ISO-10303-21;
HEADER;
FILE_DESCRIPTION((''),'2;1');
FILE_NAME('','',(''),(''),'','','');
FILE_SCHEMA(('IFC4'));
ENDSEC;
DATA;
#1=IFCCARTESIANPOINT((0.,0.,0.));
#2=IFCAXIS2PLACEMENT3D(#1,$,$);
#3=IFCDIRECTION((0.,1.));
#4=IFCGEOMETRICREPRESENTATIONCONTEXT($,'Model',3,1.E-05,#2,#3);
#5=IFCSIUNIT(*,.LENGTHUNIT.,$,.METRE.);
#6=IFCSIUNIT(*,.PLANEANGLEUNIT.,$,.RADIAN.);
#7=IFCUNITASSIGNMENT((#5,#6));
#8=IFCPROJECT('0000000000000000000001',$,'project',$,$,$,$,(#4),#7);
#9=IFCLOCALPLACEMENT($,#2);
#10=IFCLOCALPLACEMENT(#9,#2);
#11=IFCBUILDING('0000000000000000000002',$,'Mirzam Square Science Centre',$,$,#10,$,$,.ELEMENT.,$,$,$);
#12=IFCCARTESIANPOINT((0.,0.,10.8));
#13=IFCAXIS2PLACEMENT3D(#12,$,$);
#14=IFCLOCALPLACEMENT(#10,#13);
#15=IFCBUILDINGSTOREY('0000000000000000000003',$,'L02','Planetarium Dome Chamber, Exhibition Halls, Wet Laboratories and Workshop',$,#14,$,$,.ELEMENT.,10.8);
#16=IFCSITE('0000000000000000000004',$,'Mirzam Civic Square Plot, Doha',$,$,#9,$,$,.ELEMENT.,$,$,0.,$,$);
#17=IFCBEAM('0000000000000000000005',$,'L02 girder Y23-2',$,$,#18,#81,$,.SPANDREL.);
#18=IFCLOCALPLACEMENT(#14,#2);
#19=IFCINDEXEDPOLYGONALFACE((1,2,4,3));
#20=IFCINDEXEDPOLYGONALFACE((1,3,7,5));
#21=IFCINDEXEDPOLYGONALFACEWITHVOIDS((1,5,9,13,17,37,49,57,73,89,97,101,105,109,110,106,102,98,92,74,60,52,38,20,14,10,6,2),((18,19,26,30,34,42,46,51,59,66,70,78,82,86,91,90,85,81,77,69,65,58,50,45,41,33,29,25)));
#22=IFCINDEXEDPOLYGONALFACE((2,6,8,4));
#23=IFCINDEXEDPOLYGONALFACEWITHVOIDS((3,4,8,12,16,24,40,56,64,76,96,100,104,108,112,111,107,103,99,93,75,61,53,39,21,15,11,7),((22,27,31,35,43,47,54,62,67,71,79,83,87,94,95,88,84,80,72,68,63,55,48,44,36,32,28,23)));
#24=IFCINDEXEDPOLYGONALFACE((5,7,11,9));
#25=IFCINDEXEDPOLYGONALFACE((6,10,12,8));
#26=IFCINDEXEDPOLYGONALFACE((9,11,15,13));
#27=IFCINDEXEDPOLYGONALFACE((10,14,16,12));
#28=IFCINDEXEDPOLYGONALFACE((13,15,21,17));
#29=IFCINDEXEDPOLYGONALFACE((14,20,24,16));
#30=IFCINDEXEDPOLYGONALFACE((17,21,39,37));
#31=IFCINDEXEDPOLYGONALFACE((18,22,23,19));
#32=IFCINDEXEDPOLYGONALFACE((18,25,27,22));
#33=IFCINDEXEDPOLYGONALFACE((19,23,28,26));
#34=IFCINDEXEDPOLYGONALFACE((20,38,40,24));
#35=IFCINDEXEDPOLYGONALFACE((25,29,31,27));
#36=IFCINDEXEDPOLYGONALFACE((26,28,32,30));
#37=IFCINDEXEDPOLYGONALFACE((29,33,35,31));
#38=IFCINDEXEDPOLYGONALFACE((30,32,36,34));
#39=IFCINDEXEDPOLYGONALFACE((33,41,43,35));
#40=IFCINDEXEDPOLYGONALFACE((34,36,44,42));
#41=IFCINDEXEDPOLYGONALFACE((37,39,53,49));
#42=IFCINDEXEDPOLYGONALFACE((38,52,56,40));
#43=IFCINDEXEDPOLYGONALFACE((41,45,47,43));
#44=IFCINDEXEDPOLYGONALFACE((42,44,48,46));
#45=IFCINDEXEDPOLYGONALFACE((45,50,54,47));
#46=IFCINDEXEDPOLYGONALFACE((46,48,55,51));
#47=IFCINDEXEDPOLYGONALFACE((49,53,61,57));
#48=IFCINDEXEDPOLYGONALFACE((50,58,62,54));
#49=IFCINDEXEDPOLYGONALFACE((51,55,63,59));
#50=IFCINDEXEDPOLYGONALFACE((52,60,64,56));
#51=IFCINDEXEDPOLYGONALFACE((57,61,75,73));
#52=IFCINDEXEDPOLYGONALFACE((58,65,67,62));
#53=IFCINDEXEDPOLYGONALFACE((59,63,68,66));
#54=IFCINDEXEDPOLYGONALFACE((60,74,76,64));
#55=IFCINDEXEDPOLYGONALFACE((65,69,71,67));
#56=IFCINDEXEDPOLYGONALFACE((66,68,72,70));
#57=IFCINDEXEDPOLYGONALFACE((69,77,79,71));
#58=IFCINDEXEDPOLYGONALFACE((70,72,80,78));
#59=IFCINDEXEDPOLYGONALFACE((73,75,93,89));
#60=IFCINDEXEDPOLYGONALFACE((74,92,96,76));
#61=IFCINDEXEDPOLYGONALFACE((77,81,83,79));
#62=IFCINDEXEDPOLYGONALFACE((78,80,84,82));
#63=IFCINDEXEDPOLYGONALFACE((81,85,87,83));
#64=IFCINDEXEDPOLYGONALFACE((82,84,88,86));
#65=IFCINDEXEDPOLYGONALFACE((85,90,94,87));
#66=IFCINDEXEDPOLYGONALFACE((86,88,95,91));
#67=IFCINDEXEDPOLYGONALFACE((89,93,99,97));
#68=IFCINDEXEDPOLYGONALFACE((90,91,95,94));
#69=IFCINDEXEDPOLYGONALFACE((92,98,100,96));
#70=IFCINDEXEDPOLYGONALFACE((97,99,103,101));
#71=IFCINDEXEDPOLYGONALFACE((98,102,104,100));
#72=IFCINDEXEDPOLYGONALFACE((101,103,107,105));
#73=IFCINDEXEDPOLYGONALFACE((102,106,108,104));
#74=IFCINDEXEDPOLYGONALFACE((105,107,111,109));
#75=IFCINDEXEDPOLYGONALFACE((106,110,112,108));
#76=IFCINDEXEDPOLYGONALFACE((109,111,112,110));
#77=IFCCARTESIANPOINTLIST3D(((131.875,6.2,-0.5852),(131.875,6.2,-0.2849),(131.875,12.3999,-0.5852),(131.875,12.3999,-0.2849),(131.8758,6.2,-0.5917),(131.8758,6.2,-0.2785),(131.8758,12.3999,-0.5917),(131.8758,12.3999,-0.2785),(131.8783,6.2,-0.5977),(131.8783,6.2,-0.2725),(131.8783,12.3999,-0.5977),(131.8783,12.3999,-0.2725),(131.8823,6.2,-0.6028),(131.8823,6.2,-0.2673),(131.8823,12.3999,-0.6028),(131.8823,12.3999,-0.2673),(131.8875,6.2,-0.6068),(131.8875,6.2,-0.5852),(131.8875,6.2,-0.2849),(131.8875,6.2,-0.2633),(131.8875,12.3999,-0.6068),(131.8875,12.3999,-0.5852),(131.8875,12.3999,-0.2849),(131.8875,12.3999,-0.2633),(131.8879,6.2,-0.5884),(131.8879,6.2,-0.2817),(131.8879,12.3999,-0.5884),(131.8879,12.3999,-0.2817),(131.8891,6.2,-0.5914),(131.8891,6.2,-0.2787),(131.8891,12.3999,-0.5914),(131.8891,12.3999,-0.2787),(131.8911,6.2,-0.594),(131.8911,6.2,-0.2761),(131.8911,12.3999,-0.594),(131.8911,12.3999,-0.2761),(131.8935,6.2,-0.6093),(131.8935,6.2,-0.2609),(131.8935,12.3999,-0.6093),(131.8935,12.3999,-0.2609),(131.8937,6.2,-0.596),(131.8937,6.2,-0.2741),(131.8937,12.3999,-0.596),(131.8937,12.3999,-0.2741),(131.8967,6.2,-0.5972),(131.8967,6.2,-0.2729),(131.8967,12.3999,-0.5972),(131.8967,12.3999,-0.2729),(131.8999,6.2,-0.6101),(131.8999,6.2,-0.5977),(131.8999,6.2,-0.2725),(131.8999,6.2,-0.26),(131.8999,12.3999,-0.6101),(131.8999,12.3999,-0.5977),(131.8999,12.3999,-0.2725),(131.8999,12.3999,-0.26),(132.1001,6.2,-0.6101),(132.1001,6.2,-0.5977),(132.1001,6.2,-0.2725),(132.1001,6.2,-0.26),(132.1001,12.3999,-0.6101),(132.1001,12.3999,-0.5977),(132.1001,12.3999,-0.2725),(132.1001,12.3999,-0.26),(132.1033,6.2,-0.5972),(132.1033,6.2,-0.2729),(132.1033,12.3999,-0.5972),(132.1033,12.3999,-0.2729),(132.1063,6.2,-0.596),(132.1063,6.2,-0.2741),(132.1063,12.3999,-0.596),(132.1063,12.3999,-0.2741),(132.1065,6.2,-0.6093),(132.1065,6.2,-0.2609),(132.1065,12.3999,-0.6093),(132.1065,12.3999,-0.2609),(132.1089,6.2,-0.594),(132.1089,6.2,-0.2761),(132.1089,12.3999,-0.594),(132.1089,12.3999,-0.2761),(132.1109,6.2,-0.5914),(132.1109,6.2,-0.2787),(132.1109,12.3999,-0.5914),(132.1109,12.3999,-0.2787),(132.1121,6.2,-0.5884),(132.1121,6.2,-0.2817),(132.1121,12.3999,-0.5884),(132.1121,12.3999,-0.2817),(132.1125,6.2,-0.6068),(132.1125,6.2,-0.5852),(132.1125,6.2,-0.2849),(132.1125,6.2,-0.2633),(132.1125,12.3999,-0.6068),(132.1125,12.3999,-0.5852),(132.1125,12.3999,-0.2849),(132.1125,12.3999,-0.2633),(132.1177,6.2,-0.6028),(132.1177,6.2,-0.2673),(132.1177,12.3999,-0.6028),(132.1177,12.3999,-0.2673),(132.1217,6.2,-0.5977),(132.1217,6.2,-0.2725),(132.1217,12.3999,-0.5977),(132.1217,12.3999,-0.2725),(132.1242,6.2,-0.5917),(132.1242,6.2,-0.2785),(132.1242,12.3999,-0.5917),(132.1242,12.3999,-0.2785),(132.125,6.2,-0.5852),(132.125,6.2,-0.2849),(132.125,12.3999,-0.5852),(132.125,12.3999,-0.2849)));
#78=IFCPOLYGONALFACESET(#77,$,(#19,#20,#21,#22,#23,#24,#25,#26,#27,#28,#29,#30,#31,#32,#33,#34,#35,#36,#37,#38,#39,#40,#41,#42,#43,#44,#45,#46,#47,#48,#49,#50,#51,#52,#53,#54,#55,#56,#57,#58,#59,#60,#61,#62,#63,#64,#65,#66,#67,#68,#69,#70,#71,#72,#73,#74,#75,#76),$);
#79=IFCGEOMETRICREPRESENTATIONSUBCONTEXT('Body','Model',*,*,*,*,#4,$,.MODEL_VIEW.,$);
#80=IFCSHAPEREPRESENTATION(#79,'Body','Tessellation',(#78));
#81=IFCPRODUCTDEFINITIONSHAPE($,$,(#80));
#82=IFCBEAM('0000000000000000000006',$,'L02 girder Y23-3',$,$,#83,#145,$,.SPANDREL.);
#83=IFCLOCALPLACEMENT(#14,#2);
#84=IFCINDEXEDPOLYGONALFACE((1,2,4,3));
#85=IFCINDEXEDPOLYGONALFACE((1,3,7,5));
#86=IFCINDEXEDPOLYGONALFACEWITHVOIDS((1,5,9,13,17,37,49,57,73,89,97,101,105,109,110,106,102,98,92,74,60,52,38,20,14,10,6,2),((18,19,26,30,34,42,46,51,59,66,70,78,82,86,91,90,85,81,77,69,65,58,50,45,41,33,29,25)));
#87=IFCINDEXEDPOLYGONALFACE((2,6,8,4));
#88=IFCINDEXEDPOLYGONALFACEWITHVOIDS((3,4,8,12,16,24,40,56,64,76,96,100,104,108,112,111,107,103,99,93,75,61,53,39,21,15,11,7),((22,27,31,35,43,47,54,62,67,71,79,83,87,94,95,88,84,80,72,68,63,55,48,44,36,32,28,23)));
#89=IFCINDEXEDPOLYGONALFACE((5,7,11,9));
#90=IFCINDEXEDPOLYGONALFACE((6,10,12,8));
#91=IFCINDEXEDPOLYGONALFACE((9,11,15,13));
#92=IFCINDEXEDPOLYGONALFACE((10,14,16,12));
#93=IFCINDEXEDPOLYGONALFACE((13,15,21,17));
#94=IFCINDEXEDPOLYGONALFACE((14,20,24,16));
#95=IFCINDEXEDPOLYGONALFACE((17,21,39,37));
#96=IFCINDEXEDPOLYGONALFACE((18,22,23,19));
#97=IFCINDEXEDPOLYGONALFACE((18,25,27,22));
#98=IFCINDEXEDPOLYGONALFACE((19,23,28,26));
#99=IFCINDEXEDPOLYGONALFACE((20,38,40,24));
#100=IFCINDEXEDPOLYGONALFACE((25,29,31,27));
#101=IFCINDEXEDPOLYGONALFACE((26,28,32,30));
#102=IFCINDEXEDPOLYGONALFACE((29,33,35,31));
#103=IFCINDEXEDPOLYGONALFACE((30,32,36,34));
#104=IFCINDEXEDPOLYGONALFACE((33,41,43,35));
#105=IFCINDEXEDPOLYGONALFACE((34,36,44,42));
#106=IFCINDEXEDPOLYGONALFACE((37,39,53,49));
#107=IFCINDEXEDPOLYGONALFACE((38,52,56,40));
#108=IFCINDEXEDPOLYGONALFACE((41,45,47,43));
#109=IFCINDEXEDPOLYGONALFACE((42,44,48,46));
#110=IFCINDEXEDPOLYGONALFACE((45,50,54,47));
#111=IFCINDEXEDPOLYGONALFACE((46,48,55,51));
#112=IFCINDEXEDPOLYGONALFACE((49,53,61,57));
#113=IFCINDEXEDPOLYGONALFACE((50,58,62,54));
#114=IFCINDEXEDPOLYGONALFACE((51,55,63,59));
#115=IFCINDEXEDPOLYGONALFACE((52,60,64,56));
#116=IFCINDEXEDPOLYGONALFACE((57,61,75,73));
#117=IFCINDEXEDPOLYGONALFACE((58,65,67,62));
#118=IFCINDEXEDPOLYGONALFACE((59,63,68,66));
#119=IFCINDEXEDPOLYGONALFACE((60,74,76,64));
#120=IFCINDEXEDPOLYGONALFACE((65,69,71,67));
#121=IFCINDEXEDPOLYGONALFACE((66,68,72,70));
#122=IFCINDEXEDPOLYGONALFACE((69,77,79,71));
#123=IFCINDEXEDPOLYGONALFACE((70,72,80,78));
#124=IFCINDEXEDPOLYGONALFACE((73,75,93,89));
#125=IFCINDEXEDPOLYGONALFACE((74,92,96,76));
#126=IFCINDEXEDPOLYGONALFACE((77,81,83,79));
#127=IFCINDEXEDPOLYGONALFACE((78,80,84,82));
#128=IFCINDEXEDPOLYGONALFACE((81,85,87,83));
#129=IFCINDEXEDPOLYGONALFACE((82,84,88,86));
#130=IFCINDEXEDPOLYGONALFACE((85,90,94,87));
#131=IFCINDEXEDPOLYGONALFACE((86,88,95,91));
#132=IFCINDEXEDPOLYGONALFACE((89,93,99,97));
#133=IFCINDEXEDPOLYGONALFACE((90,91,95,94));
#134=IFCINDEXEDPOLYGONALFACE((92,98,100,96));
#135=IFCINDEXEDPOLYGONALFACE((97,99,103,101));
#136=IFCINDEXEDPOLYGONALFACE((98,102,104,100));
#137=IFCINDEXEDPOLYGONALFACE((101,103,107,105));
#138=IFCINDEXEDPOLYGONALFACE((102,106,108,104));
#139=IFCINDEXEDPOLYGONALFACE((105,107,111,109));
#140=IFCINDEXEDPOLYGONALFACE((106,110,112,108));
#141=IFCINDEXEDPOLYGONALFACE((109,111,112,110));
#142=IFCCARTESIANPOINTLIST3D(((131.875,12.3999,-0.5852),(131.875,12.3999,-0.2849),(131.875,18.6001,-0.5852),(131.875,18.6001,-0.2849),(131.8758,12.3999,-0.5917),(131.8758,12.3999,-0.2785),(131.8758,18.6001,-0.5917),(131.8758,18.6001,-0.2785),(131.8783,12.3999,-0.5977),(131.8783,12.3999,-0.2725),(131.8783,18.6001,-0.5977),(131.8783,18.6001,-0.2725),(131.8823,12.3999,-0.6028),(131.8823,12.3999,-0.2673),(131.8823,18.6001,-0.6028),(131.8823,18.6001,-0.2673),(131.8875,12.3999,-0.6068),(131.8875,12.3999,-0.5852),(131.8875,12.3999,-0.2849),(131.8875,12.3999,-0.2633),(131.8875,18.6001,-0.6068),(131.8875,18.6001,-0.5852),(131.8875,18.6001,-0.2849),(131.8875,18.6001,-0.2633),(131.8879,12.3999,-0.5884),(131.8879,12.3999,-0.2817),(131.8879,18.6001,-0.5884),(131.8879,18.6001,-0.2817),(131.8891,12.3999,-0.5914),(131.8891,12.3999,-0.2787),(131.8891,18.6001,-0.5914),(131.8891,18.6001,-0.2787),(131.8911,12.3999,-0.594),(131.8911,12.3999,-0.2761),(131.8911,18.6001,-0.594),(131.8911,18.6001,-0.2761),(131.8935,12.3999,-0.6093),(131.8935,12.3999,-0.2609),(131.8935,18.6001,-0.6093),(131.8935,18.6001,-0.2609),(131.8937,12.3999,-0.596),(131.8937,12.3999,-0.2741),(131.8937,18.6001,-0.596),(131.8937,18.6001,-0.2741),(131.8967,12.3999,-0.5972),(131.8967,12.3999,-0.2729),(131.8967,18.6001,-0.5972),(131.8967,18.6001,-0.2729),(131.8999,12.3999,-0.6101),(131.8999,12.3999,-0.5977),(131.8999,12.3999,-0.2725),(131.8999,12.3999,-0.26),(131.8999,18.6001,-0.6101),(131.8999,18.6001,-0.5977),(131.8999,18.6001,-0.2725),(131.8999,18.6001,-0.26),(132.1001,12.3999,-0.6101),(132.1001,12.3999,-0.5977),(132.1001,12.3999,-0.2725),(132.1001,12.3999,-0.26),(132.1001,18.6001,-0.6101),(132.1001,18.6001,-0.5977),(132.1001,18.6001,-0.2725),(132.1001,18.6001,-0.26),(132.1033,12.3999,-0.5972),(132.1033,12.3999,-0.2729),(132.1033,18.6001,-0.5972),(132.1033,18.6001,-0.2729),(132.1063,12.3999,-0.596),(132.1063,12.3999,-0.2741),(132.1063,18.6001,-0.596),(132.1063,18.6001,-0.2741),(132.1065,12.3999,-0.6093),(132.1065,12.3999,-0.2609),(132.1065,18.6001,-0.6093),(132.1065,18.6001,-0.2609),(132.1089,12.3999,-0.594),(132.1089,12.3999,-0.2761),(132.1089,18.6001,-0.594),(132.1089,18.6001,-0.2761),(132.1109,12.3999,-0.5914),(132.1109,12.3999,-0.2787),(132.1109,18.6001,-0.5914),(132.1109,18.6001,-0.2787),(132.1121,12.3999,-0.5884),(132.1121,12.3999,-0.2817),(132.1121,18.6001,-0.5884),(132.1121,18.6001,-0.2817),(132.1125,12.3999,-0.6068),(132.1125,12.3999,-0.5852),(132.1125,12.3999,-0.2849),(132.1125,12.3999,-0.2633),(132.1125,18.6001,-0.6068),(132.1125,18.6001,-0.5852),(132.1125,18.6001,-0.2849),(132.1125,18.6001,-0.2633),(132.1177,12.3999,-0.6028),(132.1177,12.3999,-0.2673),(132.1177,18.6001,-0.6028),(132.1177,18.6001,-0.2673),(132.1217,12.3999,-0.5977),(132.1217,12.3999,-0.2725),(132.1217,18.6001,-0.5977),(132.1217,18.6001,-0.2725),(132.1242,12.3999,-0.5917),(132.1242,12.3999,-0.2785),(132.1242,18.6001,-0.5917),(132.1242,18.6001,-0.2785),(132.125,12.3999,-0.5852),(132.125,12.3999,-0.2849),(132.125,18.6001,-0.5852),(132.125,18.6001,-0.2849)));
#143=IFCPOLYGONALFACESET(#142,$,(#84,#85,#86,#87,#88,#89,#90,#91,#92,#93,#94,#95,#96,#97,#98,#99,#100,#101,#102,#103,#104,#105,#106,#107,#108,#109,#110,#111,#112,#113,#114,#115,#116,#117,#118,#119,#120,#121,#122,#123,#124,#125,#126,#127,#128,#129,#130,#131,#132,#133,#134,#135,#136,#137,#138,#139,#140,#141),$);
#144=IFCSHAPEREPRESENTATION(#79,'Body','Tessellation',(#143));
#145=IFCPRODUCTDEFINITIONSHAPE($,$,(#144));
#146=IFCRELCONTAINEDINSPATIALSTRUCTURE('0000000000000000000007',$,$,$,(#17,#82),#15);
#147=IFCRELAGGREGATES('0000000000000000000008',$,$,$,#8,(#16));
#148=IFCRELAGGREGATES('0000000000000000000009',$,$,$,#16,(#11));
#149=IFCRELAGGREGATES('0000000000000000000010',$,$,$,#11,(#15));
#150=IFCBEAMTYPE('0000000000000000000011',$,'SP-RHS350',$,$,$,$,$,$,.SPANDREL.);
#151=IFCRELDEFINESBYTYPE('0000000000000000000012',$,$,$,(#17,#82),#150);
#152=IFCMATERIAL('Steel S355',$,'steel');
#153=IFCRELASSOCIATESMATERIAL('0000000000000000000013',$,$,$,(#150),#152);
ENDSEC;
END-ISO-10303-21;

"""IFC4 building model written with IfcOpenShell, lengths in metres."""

from ifc_helpers import new_model, si_unit, direction, frame, origin, origin_2d, place, context, subcontext, project, spatial, hollow_rectangle, extrude, material, material_profile, profile_set, type_object, element, save


model = new_model("IFC4")

# Units and contexts
model_context = context("Model", 3, precision=1e-05, world=origin(), true_north=direction((0.0, 1.0)))
body_context = subcontext(model_context, "Body", "Model", "MODEL_VIEW")
ifc_project = project(units=[si_unit("LENGTHUNIT", "METRE"), si_unit("PLANEANGLEUNIT", "RADIAN")], contexts=[model_context])

# Site, building, storey
site_placement = place(None, origin())
site = spatial("IfcSite", under=ifc_project, at=site_placement, Name="Mirzam Civic Square Plot, Doha", CompositionType="ELEMENT", RefElevation=0.0)
building_placement = place(site_placement, origin())
building = spatial("IfcBuilding", under=site, at=building_placement, Name="Mirzam Square Science Centre", CompositionType="ELEMENT")
storey_placement = place(building_placement, frame((0.0, 0.0, 10.8)))
storey = spatial("IfcBuildingStorey", under=building, at=storey_placement, Name="L02", Description="Planetarium Dome Chamber, Exhibition Halls, Wet Laboratories and Workshop", CompositionType="ELEMENT", Elevation=10.8)

# Shared definitions
ifc_material_1 = material(Name="Steel S355", Category="steel")

# Beams
ifc_material_profile_1 = material_profile(ifc_material_1, hollow_rectangle(XDim=0.25, YDim=0.3501, WallThickness=0.0125, InnerFilletRadius=0.0125, OuterFilletRadius=0.0249, at=origin_2d()), Name="350x250x12.5RHS")
ifc_profile_set_1 = profile_set([ifc_material_profile_1], Name="Steel S355")
beam_type_1 = type_object("IfcBeamType", Name="SP-RHS350", PredefinedType="SPANDREL", material=ifc_profile_set_1)
beam_1_placement = place(storey_placement, frame((132.0, 6.2, -0.4351), z_axis=(0.0, 1.0, 0.0), x_axis=(-1.0, 0.0, 0.0)))
element("IfcBeam", 1, at=beam_1_placement, inside=storey, type_object=beam_type_1, Name="L02 girder Y23-2", PredefinedType="SPANDREL", context=body_context, shape_type="SweptSolid", body=[
    extrude(hollow_rectangle(XDim=0.25, YDim=0.3501, WallThickness=0.0125, InnerFilletRadius=0.0125, OuterFilletRadius=0.0249, at=origin_2d()), origin(), (0.0, 0.0, 1.0), 6.2),
])
for number, where, z_axis, x_axis, name in (
    (2, (132.0, 12.3999, -0.4351), (0.0, 1.0, 0.0), (-1.0, 0.0, 0.0), "L02 girder Y23-3"),
):
    element("IfcBeam", number, at=place(storey_placement, frame(where, z_axis=z_axis, x_axis=x_axis)), inside=storey, type_object=beam_type_1, Name=name, PredefinedType="SPANDREL", context=body_context, shape_type="SweptSolid", body=[
        extrude(hollow_rectangle(XDim=0.25, YDim=0.3501, WallThickness=0.0125, InnerFilletRadius=0.0125, OuterFilletRadius=0.0249, at=origin_2d()), origin(), (0.0, 0.0, 1.0), 6.2002),
    ])

save(model, "model.ifc")
